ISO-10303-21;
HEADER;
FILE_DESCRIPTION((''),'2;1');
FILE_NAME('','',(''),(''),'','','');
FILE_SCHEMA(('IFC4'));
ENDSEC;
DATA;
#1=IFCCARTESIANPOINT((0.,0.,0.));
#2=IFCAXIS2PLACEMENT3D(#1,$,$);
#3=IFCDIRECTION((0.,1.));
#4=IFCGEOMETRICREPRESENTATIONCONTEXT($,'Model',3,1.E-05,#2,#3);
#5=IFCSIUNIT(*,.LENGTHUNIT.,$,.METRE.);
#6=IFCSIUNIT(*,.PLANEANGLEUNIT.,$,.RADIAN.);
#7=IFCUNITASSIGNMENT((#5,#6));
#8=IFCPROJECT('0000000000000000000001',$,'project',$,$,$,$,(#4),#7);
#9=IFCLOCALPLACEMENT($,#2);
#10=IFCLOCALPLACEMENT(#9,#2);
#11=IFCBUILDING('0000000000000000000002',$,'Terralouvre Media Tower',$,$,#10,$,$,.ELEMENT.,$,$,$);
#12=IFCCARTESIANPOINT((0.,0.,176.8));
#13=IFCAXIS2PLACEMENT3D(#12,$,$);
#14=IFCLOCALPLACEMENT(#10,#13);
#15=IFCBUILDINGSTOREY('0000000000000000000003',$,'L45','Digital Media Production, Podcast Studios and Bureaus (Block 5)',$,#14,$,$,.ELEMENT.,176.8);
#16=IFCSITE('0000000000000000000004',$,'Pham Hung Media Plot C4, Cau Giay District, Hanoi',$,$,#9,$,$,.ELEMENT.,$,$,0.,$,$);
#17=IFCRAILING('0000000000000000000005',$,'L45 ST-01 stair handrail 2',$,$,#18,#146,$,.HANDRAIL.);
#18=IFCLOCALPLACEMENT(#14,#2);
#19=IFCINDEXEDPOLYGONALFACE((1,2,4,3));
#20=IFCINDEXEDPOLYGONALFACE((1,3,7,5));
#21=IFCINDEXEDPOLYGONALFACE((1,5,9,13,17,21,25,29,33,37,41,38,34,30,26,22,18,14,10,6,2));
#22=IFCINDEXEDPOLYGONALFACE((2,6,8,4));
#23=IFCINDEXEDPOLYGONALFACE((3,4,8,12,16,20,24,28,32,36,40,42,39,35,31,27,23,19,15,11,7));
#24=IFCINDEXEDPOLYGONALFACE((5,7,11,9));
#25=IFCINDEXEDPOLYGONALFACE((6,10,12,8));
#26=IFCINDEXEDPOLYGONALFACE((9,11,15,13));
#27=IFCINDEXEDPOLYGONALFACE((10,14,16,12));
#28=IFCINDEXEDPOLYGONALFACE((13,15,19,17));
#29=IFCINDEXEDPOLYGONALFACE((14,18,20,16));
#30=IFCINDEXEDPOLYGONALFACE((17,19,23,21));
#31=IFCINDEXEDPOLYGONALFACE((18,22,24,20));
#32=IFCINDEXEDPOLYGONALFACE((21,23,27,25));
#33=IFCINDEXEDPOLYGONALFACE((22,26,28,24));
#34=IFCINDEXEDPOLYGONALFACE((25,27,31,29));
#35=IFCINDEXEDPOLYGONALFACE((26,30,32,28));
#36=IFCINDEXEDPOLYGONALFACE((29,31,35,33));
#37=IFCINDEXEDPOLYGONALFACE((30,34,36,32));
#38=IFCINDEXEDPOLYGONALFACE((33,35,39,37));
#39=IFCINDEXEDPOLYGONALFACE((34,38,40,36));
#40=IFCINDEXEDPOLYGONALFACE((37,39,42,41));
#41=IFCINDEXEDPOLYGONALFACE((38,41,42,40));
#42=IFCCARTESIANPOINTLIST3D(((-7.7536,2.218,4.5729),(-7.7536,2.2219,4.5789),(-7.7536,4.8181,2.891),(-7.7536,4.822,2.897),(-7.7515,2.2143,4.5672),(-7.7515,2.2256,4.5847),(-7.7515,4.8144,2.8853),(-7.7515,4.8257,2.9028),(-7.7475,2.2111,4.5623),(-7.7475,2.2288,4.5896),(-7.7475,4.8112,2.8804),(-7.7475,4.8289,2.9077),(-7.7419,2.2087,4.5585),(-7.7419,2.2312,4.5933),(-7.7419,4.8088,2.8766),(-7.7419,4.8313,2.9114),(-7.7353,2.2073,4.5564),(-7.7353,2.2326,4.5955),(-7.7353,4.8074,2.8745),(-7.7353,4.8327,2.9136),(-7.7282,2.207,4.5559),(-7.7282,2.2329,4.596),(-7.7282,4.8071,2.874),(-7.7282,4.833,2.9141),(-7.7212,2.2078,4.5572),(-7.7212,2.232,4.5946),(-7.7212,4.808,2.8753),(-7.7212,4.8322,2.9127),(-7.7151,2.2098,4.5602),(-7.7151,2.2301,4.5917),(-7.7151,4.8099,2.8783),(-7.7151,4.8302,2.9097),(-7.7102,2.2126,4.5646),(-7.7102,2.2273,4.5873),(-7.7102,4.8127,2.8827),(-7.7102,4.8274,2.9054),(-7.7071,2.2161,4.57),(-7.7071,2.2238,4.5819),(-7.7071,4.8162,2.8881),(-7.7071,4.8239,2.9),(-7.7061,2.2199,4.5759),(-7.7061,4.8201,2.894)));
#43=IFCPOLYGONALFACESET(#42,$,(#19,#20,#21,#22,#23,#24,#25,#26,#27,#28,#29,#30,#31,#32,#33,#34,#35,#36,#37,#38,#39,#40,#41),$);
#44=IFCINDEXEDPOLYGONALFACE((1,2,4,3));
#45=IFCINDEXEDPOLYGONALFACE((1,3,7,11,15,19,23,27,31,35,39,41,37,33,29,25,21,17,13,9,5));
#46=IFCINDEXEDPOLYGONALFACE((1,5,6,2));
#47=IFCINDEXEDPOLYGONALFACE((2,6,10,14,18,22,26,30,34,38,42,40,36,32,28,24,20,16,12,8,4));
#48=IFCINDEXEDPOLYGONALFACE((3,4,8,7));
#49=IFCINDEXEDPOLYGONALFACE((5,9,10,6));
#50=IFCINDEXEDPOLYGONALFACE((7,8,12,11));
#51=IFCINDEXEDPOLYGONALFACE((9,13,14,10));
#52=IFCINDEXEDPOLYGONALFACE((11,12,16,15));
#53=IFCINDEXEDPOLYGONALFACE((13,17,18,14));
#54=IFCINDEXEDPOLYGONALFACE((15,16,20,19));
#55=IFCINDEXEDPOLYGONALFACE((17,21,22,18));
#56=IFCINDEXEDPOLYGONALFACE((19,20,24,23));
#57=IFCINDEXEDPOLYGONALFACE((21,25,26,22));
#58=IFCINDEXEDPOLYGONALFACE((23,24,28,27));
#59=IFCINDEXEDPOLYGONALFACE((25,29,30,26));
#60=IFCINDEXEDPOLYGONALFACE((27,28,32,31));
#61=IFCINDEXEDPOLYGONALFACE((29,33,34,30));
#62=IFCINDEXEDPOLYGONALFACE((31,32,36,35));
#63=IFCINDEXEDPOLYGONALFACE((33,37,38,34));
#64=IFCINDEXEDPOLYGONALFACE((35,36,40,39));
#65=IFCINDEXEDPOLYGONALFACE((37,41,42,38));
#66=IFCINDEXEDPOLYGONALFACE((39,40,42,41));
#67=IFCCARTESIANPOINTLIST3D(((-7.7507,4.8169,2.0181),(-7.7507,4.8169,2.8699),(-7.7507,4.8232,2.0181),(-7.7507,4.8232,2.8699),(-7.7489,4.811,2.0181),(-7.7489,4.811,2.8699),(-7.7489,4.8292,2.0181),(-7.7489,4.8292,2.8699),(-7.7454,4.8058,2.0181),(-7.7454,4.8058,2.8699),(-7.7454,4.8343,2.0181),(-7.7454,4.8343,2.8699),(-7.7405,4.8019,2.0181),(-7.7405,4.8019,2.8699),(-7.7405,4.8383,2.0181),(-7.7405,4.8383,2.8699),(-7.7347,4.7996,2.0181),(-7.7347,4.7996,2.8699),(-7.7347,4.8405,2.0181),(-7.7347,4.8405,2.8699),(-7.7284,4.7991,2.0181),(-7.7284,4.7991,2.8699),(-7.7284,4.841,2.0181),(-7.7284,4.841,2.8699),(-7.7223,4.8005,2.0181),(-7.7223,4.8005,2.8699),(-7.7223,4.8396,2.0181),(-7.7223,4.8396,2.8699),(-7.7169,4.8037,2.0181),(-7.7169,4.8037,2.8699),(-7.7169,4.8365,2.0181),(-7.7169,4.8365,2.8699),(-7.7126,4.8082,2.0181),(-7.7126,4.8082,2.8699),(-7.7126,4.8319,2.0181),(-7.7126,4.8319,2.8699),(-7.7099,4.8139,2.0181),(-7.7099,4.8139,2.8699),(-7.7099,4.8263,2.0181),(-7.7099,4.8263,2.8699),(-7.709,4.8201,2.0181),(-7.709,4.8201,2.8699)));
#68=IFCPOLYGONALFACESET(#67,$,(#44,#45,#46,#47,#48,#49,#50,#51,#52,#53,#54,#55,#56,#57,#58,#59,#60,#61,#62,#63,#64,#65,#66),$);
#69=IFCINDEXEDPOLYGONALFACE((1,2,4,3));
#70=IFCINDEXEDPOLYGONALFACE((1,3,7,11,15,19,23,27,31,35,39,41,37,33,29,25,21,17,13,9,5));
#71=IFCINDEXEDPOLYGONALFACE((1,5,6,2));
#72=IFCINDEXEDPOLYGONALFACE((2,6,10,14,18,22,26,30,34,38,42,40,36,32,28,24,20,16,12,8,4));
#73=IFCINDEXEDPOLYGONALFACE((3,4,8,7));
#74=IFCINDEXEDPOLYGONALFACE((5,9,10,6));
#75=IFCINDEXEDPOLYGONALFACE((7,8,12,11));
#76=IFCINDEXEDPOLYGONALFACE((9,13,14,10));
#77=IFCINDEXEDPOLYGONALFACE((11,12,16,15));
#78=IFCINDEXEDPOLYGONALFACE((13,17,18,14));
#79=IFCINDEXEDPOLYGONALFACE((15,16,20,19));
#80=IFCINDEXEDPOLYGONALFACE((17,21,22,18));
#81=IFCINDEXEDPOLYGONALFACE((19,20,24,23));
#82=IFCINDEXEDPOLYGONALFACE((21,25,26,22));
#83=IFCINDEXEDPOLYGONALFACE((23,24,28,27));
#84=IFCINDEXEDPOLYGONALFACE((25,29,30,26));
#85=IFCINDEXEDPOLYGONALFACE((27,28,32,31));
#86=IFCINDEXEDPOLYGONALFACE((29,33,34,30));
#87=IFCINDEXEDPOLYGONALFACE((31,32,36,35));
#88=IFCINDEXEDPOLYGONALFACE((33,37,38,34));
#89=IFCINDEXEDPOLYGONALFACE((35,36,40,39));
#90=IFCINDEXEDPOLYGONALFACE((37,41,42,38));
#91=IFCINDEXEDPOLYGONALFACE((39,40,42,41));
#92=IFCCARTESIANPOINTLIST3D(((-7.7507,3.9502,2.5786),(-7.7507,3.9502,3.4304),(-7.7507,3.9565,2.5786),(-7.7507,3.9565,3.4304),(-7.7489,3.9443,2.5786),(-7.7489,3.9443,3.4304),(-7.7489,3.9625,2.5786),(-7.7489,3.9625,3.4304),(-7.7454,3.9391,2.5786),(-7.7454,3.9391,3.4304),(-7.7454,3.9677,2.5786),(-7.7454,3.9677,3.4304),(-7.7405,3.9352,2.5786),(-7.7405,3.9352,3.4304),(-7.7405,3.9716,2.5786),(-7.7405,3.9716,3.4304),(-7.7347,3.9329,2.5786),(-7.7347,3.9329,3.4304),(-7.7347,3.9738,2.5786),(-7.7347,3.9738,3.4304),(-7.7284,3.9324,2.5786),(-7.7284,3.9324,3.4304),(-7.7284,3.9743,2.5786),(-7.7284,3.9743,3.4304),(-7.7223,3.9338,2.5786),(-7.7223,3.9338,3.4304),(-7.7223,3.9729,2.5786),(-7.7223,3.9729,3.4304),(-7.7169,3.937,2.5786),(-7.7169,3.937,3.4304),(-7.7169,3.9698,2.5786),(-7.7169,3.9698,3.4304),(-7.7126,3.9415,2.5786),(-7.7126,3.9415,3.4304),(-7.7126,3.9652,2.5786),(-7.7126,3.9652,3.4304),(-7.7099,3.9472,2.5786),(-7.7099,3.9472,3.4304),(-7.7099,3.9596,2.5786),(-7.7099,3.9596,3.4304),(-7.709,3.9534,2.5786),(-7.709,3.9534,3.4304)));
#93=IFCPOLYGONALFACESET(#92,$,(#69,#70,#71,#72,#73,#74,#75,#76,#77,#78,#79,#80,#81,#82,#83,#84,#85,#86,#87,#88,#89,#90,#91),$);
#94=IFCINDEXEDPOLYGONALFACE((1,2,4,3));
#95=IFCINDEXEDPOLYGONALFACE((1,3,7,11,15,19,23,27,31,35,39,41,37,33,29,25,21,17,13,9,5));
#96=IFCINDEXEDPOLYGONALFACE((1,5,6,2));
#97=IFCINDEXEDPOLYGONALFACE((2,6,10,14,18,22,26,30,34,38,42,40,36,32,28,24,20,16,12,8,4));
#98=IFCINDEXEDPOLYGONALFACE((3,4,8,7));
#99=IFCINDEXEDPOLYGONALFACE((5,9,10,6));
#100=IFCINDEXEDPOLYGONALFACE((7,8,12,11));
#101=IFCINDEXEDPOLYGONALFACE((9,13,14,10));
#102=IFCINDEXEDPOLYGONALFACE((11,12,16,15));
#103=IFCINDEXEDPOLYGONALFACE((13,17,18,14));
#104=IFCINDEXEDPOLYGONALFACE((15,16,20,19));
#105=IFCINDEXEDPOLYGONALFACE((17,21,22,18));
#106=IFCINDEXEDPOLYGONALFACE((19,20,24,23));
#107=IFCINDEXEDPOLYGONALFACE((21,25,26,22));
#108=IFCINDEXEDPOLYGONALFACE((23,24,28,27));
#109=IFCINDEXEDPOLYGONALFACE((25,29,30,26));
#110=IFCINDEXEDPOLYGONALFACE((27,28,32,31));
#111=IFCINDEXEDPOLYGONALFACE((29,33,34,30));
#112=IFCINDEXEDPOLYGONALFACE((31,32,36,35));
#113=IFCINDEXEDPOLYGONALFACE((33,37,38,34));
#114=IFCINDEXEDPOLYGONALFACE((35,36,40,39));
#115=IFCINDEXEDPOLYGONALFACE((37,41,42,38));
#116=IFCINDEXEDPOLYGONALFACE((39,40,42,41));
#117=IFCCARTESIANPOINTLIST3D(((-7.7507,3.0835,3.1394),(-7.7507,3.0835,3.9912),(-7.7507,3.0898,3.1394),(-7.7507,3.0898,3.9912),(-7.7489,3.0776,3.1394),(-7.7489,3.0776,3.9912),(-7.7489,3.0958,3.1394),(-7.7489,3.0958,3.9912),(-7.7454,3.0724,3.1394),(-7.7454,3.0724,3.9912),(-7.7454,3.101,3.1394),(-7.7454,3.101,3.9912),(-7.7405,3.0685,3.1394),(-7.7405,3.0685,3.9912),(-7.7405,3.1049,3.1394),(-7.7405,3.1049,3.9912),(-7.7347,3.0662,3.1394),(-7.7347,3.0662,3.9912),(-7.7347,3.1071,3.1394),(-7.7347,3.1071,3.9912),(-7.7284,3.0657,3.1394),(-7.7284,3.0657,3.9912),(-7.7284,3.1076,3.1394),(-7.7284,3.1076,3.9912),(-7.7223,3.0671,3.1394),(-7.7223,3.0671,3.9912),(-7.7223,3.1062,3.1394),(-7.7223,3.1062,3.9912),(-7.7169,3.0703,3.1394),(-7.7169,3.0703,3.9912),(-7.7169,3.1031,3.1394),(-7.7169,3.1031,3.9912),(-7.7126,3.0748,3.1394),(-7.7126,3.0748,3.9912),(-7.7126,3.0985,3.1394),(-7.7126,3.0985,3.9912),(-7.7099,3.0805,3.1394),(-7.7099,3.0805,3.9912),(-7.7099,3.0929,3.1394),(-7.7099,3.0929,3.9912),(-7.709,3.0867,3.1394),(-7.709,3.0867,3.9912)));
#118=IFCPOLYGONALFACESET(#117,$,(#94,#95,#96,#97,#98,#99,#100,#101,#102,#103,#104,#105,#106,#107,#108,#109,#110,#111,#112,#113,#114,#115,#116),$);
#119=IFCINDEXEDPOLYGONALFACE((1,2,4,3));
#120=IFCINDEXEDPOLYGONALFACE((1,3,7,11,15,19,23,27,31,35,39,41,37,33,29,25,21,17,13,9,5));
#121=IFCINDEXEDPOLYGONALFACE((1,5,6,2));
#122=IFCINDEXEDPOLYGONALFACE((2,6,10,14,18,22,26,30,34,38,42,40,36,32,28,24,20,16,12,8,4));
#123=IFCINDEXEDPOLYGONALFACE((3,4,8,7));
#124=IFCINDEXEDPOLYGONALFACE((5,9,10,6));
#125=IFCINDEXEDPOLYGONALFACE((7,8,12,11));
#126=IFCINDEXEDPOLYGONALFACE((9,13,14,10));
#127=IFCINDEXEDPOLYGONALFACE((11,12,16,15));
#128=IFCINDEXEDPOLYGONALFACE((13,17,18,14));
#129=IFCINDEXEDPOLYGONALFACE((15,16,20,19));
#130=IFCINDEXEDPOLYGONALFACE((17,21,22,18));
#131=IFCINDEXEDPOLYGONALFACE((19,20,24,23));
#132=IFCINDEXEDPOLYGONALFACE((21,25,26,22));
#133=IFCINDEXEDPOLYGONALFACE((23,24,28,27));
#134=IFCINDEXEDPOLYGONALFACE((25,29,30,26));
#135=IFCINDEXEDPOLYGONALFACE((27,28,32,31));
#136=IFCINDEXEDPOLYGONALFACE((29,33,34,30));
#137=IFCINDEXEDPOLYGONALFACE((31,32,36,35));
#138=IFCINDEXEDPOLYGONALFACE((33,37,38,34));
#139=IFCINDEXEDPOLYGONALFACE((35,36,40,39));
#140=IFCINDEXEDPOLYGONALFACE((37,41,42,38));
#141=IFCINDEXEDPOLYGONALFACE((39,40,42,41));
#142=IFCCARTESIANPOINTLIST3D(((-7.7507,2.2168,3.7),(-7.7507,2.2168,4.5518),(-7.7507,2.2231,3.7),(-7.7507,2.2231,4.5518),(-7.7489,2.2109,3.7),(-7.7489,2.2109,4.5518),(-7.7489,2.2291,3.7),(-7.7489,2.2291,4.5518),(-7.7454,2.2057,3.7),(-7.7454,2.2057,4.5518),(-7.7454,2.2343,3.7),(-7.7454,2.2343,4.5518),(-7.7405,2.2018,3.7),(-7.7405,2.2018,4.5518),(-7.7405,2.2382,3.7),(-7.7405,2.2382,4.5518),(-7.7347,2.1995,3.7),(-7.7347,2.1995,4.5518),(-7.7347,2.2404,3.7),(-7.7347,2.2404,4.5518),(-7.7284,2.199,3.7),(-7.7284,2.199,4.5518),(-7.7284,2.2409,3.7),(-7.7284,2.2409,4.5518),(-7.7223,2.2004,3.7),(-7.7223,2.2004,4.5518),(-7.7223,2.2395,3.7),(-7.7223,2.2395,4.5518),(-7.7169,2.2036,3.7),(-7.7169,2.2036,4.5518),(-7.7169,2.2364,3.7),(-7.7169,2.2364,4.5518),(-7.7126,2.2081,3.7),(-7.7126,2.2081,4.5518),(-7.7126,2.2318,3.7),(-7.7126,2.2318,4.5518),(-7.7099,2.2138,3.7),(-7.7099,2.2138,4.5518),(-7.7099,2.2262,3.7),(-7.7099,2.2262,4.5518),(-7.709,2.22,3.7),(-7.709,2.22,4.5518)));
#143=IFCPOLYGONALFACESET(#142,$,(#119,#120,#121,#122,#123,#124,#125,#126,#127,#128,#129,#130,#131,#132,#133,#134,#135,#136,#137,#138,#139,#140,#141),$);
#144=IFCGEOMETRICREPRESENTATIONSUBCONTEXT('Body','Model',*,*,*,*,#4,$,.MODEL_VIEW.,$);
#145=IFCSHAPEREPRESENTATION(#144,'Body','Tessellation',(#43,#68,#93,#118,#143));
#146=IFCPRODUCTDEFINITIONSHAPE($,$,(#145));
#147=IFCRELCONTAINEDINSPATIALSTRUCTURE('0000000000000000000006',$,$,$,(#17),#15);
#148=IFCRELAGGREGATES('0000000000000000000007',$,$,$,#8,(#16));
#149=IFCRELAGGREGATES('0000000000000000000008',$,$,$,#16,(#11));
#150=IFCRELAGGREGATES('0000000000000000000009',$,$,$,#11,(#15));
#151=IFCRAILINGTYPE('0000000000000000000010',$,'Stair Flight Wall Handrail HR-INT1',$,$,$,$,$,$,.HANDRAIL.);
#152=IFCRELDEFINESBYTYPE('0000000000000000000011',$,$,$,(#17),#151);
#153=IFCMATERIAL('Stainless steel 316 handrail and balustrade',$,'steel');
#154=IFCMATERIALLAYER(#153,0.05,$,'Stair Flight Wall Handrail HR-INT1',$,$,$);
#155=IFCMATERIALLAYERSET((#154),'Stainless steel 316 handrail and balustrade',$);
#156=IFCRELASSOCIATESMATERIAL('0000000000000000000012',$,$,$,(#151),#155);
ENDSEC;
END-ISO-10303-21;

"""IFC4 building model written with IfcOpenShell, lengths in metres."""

from ifc_helpers import new_model, si_unit, direction, frame, origin, origin_2d, place, context, subcontext, project, spatial, circle, extrude, material, layer, layer_set, type_object, element, save


model = new_model("IFC4")

# Units and contexts
model_context = context("Model", 3, precision=1e-05, world=origin(), true_north=direction((0.0, 1.0)))
body_context = subcontext(model_context, "Body", "Model", "MODEL_VIEW")
ifc_project = project(units=[si_unit("LENGTHUNIT", "METRE"), si_unit("PLANEANGLEUNIT", "RADIAN")], contexts=[model_context])

# Site, building, storey
site_placement = place(None, origin())
site = spatial("IfcSite", under=ifc_project, at=site_placement, Name="Pham Hung Media Plot C4, Cau Giay District, Hanoi", CompositionType="ELEMENT", RefElevation=0.0)
building_placement = place(site_placement, origin())
building = spatial("IfcBuilding", under=site, at=building_placement, Name="Terralouvre Media Tower", CompositionType="ELEMENT")
storey_placement = place(building_placement, frame((0.0, 0.0, 176.8)))
storey = spatial("IfcBuildingStorey", under=building, at=storey_placement, Name="L45", Description="Digital Media Production, Podcast Studios and Bureaus (Block 5)", CompositionType="ELEMENT", Elevation=176.8)

# Railing
ifc_material_1 = material(Name="Stainless steel 316 handrail and balustrade", Category="steel")
ifc_layer_1 = layer(ifc_material_1, 0.05, Name="Stair Flight Wall Handrail HR-INT1")
ifc_layer_set_1 = layer_set([ifc_layer_1], Name="Stainless steel 316 handrail and balustrade")
railing_type_1 = type_object("IfcRailingType", Name="Stair Flight Wall Handrail HR-INT1", PredefinedType="HANDRAIL", material=ifc_layer_set_1)
railing_1_placement = place(storey_placement, frame((-7.73, 4.8201, 2.0181)))
element("IfcRailing", 1, at=railing_1_placement, inside=storey, type_object=railing_type_1, Name="L45 ST-01 stair handrail 2", PredefinedType="HANDRAIL", context=body_context, shape_type="SweptSolid", body=[
    extrude(circle(Radius=0.0239, at=origin_2d()), frame((0.0, 0.0, 0.876), z_axis=(0.0, -0.839648, 0.54313), x_axis=(1.0, 0.0, 0.0)), (0.0, 0.0, 1.0), 3.0967),
    extrude(circle(Radius=0.021, at=origin_2d()), origin(), (0.0, 0.0, 1.0), 0.8518),
    extrude(circle(Radius=0.021, at=origin_2d()), frame((0.0, -0.8667, 0.5605)), (0.0, 0.0, 1.0), 0.8518),
    extrude(circle(Radius=0.021, at=origin_2d()), frame((0.0, -1.7334, 1.1213)), (0.0, 0.0, 1.0), 0.8518),
    extrude(circle(Radius=0.021, at=origin_2d()), frame((0.0, -2.6001, 1.6819)), (0.0, 0.0, 1.0), 0.8518),
])

save(model, "model.ifc")
